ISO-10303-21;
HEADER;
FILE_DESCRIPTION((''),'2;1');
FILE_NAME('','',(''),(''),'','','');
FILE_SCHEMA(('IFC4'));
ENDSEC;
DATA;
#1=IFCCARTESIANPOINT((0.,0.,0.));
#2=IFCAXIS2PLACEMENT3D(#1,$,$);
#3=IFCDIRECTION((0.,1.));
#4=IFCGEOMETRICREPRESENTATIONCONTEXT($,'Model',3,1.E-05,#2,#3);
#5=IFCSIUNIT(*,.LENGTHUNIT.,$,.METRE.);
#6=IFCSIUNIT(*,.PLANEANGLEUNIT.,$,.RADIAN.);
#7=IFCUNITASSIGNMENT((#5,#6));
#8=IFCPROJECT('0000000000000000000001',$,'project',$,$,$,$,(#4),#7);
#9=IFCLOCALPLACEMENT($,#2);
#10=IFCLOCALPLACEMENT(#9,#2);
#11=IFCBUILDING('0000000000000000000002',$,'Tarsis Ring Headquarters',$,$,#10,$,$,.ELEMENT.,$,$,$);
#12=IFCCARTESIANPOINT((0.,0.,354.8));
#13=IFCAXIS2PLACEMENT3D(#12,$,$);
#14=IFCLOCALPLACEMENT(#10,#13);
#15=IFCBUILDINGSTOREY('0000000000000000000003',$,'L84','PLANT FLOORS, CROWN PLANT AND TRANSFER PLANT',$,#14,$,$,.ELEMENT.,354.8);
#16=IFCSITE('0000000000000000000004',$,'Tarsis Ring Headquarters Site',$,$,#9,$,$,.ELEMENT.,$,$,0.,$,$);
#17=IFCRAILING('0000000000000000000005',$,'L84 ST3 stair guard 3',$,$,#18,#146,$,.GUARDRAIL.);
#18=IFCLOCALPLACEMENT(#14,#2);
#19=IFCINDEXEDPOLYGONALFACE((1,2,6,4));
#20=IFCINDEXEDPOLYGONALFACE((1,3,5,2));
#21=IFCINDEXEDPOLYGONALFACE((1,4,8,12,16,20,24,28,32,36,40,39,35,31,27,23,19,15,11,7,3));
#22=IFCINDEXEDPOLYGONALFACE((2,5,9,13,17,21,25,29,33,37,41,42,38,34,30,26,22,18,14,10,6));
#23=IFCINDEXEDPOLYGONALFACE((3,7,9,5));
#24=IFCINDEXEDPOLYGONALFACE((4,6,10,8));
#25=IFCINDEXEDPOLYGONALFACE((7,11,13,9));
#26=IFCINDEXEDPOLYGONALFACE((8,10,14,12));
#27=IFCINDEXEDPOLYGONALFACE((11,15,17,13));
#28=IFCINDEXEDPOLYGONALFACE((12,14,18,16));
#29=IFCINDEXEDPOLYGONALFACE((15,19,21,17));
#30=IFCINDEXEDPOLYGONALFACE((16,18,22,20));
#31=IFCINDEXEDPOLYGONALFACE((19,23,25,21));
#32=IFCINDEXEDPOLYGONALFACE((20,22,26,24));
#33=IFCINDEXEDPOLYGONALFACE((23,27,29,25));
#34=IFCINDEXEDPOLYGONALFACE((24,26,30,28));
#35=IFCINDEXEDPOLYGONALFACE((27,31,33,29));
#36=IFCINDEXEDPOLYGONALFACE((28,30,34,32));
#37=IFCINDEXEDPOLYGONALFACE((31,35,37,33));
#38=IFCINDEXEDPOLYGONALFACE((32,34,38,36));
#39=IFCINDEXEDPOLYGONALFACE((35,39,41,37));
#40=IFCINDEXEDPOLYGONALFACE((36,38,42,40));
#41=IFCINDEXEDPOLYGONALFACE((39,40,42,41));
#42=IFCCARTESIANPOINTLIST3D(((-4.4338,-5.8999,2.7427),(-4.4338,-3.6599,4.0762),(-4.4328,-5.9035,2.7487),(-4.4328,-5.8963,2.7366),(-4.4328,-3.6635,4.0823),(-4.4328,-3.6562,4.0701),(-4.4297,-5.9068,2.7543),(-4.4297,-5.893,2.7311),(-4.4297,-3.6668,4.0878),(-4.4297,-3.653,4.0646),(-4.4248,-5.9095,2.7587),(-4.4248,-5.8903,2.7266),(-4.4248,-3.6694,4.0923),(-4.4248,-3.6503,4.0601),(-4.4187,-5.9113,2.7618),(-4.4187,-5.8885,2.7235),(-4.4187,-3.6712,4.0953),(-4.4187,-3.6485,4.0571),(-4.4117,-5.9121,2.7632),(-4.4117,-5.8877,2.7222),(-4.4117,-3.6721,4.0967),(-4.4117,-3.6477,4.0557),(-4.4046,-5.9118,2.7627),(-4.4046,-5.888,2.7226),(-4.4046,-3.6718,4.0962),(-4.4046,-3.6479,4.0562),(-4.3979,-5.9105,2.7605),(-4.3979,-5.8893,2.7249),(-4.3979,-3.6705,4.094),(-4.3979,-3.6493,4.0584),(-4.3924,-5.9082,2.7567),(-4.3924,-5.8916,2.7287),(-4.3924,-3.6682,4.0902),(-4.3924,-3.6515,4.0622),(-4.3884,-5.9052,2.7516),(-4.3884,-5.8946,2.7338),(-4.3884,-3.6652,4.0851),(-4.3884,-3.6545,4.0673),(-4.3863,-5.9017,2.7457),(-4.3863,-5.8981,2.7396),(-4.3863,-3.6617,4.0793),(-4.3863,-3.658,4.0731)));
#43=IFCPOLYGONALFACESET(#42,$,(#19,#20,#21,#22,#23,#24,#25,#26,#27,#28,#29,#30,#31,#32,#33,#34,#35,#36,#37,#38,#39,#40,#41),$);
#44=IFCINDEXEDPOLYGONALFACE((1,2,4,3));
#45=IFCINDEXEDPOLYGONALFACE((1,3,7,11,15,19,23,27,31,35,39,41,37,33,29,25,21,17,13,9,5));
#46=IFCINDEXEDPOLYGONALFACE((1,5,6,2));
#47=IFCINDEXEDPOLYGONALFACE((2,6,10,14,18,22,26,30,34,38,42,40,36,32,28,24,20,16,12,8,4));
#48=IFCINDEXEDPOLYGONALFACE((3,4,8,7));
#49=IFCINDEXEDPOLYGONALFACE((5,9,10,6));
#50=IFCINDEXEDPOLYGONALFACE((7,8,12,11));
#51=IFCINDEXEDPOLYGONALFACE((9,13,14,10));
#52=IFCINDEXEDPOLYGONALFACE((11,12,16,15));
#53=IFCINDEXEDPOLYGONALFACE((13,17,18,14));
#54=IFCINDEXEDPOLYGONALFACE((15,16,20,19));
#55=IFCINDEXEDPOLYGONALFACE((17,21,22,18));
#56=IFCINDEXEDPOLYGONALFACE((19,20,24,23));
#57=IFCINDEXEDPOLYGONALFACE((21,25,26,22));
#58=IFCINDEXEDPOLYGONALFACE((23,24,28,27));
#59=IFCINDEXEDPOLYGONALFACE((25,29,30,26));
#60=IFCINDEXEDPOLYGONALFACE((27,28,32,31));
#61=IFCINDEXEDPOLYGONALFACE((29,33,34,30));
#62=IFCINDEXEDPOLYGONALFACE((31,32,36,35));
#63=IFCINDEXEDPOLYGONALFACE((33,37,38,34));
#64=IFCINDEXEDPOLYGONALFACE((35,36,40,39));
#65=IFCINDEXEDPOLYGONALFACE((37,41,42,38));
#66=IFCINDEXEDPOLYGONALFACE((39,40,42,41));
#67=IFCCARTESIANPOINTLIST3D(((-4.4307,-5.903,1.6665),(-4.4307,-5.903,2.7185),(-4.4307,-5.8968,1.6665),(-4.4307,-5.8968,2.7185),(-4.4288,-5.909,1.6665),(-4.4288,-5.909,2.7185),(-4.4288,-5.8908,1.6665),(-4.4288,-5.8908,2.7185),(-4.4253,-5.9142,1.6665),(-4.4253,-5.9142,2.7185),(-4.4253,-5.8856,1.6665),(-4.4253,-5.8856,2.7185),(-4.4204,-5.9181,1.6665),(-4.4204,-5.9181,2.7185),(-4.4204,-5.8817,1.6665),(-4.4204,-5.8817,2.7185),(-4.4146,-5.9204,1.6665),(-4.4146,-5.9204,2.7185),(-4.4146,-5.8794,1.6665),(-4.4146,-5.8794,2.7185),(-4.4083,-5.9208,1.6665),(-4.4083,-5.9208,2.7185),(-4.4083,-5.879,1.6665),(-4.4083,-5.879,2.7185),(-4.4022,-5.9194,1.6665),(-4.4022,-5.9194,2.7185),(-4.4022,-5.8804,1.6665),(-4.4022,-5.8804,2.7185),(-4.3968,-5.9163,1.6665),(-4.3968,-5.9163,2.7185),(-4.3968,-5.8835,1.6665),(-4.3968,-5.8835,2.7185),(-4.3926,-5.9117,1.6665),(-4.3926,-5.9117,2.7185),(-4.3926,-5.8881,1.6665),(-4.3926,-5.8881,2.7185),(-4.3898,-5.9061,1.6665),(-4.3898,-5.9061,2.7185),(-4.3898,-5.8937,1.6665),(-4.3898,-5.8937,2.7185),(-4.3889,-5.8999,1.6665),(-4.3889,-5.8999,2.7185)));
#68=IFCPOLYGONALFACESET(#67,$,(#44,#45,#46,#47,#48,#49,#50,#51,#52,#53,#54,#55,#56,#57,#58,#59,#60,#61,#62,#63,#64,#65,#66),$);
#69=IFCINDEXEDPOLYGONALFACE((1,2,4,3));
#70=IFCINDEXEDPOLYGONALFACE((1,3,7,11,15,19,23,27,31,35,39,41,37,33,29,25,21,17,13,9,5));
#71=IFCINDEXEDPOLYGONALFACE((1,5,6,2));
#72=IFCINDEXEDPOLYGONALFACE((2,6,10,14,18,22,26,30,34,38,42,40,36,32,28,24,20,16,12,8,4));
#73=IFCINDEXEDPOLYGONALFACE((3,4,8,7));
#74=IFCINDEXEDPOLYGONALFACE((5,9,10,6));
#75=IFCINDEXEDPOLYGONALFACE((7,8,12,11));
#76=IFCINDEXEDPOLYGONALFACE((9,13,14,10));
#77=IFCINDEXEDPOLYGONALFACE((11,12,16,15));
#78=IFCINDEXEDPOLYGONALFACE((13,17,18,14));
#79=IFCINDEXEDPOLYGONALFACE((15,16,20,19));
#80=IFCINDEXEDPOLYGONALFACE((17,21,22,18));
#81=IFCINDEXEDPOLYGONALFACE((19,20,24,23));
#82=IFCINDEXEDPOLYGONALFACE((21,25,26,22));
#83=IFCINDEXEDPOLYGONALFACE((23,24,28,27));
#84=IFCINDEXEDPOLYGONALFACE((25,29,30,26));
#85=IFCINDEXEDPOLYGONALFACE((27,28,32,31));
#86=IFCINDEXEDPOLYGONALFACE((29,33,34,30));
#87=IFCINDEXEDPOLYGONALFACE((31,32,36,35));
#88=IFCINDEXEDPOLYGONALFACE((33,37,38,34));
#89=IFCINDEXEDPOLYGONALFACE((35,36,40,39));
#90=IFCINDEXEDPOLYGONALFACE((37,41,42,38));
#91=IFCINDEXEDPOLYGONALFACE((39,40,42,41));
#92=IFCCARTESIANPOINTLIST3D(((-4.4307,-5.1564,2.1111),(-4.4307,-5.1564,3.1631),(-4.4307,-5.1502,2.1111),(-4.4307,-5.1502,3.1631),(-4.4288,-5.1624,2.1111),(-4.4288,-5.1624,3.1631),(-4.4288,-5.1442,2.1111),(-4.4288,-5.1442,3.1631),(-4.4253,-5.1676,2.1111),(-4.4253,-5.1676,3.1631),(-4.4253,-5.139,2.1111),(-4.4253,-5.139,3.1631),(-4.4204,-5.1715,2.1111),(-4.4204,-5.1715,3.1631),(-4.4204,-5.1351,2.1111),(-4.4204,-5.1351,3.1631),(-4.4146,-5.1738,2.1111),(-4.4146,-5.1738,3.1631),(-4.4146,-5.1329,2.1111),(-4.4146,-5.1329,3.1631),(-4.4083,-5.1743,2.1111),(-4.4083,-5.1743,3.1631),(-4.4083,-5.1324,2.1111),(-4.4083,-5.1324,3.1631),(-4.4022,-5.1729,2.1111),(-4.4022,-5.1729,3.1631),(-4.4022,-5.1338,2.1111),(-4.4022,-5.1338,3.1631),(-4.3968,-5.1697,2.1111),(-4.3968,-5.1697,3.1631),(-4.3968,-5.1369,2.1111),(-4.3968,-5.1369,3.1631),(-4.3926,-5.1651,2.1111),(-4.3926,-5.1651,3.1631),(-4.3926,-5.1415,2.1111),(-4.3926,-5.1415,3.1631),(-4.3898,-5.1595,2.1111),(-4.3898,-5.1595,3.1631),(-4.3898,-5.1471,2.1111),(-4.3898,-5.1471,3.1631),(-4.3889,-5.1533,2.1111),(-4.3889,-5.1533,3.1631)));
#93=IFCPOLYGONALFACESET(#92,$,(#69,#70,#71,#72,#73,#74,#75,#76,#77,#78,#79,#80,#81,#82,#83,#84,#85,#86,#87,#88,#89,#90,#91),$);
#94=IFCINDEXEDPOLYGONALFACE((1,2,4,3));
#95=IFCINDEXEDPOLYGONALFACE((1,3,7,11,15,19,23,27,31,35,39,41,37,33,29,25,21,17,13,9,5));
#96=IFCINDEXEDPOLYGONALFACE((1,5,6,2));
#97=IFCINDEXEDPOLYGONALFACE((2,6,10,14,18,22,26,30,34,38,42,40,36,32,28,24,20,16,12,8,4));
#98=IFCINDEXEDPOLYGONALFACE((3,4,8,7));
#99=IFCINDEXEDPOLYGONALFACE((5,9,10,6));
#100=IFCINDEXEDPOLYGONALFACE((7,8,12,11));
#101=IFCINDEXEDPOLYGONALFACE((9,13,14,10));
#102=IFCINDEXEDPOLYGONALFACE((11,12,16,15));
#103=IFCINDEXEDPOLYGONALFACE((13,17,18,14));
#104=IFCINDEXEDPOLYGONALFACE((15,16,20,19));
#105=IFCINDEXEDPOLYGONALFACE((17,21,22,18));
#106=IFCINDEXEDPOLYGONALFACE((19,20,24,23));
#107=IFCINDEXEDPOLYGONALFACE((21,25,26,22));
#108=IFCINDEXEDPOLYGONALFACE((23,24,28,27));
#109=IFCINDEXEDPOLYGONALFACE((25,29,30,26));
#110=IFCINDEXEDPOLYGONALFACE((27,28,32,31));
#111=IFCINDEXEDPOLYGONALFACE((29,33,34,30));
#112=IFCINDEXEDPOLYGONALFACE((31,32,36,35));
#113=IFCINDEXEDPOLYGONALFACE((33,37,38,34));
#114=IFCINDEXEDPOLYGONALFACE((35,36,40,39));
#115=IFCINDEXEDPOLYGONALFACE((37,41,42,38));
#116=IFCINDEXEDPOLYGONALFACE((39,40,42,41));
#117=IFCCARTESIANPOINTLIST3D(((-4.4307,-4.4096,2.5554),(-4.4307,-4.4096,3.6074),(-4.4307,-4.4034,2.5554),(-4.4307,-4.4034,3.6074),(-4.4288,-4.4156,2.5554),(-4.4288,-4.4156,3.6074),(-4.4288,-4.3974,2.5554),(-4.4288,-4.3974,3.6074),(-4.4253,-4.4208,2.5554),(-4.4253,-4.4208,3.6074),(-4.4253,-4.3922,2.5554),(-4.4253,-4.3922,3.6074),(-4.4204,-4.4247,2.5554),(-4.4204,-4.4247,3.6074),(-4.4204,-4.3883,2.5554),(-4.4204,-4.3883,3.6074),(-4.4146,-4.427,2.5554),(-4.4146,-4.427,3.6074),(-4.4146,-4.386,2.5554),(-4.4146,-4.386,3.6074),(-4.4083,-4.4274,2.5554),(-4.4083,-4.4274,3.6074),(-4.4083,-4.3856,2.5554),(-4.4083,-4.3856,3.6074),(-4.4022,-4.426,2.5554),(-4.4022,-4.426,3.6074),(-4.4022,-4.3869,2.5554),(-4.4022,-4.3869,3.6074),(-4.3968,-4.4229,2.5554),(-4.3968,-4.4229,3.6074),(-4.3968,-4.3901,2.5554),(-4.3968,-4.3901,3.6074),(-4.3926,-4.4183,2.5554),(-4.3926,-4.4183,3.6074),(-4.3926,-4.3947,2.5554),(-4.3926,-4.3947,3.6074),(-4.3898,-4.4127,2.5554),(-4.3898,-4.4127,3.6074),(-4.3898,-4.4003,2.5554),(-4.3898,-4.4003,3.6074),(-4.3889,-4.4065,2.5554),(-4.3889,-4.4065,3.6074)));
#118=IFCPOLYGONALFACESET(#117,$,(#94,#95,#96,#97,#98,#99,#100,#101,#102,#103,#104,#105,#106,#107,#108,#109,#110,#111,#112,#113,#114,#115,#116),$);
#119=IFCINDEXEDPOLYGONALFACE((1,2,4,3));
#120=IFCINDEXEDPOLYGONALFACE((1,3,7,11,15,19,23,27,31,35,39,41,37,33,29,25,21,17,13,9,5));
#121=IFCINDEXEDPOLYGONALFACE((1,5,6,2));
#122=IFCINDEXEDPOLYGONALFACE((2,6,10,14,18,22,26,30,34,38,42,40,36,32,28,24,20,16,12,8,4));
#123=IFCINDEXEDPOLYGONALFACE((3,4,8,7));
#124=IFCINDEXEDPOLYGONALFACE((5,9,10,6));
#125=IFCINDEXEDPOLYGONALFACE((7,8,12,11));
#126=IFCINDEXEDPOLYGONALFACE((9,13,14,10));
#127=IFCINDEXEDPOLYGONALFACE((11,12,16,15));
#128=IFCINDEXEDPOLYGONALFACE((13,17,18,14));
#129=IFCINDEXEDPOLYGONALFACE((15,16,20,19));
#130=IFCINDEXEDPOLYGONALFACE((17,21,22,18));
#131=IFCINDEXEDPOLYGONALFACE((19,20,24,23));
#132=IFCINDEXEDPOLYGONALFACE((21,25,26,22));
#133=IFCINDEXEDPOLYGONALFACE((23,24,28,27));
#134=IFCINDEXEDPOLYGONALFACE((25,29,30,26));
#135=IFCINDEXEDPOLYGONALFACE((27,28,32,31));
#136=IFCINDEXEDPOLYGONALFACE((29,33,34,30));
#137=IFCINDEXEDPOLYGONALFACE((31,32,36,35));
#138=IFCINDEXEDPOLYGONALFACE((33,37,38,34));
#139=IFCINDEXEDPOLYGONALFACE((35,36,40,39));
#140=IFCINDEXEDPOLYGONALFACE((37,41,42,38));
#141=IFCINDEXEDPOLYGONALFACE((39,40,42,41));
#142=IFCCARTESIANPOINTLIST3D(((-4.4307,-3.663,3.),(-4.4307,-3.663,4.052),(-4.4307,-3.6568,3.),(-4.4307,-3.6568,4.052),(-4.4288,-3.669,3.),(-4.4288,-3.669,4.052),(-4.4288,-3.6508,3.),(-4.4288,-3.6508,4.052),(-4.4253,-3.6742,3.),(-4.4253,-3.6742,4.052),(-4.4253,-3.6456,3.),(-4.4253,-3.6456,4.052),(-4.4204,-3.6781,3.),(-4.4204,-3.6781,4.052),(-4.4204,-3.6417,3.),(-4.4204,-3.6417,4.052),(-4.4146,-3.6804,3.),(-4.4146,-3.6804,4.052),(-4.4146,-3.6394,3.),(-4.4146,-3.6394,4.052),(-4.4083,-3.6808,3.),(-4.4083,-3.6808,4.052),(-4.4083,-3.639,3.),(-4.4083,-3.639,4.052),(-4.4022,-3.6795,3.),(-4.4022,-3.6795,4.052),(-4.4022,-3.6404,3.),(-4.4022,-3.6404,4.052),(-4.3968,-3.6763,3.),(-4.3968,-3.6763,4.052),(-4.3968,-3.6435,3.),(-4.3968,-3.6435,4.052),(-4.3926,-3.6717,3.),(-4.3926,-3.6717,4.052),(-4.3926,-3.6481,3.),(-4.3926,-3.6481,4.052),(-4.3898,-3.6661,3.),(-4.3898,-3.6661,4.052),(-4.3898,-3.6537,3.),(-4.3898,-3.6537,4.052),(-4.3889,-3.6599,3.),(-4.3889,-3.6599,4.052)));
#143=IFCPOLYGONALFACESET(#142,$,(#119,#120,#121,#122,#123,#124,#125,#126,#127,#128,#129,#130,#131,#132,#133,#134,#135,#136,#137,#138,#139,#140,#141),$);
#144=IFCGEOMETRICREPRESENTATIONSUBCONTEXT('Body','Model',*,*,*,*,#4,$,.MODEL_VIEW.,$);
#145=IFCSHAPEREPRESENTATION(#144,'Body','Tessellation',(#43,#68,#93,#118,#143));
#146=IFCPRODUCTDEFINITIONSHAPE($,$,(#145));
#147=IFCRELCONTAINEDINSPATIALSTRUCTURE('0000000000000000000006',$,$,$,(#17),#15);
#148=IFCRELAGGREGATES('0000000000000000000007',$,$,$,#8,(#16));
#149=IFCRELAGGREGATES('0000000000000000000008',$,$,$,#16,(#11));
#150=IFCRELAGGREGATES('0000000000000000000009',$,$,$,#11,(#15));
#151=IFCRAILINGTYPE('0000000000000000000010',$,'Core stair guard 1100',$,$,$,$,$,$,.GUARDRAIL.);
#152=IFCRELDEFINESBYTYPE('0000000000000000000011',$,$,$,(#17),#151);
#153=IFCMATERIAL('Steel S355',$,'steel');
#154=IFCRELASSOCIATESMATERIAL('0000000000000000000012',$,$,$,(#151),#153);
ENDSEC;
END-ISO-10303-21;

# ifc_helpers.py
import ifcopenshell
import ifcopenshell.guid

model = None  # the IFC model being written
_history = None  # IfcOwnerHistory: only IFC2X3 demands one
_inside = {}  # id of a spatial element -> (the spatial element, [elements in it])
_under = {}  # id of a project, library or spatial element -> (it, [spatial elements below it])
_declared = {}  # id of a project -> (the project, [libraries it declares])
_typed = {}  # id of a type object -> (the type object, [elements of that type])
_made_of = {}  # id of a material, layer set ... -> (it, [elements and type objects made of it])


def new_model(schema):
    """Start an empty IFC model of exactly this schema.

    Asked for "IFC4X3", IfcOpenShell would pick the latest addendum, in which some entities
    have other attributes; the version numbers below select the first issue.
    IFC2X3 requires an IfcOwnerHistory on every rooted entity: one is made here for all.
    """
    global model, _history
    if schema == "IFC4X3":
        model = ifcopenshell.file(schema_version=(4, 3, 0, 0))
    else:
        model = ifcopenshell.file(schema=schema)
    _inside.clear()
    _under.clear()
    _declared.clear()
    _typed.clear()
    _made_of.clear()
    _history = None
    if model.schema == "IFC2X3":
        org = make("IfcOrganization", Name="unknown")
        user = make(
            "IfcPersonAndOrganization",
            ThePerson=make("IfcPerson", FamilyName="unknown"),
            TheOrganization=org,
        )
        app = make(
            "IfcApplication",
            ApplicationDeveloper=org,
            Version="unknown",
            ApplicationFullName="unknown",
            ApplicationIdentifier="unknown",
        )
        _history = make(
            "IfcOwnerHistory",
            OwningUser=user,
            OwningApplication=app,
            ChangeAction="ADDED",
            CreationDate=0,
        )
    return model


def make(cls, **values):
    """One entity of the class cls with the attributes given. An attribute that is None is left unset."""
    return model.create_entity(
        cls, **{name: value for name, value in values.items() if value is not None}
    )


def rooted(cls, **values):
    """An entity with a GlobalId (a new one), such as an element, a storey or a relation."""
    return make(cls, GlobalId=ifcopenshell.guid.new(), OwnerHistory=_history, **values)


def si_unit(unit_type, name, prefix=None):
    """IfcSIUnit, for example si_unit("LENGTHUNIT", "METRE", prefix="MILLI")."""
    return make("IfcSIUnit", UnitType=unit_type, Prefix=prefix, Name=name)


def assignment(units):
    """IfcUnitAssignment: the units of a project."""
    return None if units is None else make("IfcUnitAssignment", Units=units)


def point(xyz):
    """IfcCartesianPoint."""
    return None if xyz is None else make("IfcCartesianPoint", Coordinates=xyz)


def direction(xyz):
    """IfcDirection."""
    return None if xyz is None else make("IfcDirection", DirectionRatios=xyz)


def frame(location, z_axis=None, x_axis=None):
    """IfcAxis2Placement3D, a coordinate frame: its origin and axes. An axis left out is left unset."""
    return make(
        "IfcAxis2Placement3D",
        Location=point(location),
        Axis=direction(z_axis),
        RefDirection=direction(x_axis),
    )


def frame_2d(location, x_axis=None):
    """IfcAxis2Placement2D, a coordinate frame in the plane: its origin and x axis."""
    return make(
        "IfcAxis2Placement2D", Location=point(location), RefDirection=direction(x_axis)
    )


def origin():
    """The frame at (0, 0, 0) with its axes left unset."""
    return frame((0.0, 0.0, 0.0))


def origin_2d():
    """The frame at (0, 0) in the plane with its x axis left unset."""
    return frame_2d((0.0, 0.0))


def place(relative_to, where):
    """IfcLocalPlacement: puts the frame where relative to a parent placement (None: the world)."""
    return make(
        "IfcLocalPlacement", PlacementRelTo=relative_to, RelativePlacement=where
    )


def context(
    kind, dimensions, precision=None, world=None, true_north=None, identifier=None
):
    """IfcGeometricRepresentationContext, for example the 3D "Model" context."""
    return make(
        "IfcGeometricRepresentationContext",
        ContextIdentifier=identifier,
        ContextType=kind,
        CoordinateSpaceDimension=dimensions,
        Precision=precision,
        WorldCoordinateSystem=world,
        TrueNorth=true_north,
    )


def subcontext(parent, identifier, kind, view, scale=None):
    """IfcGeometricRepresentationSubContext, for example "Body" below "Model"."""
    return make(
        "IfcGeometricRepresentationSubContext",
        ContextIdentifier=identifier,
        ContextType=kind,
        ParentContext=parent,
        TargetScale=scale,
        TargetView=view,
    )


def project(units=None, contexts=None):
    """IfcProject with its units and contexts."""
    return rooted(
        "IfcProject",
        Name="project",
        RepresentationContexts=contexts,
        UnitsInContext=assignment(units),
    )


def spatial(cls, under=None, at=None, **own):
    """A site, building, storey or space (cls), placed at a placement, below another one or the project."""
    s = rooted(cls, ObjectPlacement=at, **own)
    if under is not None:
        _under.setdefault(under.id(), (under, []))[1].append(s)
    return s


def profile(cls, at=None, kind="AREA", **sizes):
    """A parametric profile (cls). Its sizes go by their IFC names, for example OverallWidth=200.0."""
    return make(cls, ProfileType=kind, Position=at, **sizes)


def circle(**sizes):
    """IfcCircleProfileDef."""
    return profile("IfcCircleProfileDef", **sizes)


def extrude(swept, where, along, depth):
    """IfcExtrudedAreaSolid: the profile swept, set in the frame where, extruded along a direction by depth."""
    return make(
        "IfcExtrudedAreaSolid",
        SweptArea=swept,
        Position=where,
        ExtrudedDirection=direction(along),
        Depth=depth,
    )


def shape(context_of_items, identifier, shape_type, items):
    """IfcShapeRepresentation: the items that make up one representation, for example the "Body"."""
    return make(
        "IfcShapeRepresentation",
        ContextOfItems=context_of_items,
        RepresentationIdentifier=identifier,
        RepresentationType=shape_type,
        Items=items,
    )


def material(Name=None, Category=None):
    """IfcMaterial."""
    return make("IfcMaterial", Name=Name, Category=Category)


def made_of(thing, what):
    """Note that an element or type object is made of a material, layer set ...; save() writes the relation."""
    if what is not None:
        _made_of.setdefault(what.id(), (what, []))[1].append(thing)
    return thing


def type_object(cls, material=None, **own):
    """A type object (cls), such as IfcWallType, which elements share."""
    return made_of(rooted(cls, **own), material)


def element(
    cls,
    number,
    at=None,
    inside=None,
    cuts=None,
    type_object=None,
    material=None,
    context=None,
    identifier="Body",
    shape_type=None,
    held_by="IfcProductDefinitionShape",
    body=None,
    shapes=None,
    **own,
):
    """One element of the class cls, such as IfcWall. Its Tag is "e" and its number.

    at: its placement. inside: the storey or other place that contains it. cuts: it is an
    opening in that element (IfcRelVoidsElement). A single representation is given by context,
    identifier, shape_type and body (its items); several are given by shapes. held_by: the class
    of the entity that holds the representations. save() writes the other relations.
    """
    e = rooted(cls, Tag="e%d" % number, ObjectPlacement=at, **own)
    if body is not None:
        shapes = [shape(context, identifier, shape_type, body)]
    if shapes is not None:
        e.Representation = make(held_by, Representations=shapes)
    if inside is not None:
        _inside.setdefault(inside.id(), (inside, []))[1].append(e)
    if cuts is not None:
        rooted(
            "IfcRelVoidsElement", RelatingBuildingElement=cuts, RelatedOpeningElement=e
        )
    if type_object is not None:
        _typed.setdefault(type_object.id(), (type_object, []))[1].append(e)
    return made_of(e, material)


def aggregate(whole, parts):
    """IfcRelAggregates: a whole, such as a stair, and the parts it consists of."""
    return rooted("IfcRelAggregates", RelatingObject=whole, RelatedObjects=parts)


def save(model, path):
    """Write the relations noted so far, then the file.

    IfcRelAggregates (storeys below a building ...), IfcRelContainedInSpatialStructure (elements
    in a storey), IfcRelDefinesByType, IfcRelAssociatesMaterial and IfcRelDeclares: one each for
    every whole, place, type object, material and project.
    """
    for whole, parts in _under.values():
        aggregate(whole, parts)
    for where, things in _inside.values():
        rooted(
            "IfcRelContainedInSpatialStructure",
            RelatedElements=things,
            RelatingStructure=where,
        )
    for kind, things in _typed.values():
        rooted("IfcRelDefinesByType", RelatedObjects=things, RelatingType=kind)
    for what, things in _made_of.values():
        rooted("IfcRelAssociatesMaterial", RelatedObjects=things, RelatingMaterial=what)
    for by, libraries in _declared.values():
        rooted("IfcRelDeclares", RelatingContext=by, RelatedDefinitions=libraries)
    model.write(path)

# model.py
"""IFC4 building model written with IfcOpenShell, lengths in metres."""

from ifc_helpers import new_model, si_unit, direction, frame, origin, origin_2d, place, context, subcontext, project, spatial, circle, extrude, material, type_object, element, save


model = new_model("IFC4")

# Units and contexts
model_context = context("Model", 3, precision=1e-05, world=origin(), true_north=direction((0.0, 1.0)))
body_context = subcontext(model_context, "Body", "Model", "MODEL_VIEW")
ifc_project = project(units=[si_unit("LENGTHUNIT", "METRE"), si_unit("PLANEANGLEUNIT", "RADIAN")], contexts=[model_context])

# Site, building, storey
site_placement = place(None, origin())
site = spatial("IfcSite", under=ifc_project, at=site_placement, Name="Tarsis Ring Headquarters Site", CompositionType="ELEMENT", RefElevation=0.0)
building_placement = place(site_placement, origin())
building = spatial("IfcBuilding", under=site, at=building_placement, Name="Tarsis Ring Headquarters", CompositionType="ELEMENT")
storey_placement = place(building_placement, frame((0.0, 0.0, 354.8)))
storey = spatial("IfcBuildingStorey", under=building, at=storey_placement, Name="L84", Description="PLANT FLOORS, CROWN PLANT AND TRANSFER PLANT", CompositionType="ELEMENT", Elevation=354.8)

# Railing
ifc_material_1 = material(Name="Steel S355", Category="steel")
railing_type_1 = type_object("IfcRailingType", Name="Core stair guard 1100", PredefinedType="GUARDRAIL", material=ifc_material_1)
railing_1_placement = place(storey_placement, frame((-4.4099, -5.8999, 1.6665)))
element("IfcRailing", 1, at=railing_1_placement, inside=storey, type_object=railing_type_1, Name="L84 ST3 stair guard 3", PredefinedType="GUARDRAIL", context=body_context, shape_type="SweptSolid", body=[
    extrude(circle(Radius=0.0239, at=origin_2d()), frame((0.0, 0.0, 1.0762), z_axis=(0.0, 0.859264, 0.511532), x_axis=(-1.0, 0.0, 0.0)), (0.0, 0.0, 1.0), 2.6069),
    extrude(circle(Radius=0.021, at=origin_2d()), origin(), (0.0, 0.0, 1.0), 1.052),
    extrude(circle(Radius=0.021, at=origin_2d()), frame((0.0, 0.7466, 0.4446)), (0.0, 0.0, 1.0), 1.052),
    extrude(circle(Radius=0.021, at=origin_2d()), frame((0.0, 1.4934, 0.8889)), (0.0, 0.0, 1.0), 1.052),
    extrude(circle(Radius=0.021, at=origin_2d()), frame((0.0, 2.24, 1.3335)), (0.0, 0.0, 1.0), 1.052),
])

save(model, "model.ifc")
